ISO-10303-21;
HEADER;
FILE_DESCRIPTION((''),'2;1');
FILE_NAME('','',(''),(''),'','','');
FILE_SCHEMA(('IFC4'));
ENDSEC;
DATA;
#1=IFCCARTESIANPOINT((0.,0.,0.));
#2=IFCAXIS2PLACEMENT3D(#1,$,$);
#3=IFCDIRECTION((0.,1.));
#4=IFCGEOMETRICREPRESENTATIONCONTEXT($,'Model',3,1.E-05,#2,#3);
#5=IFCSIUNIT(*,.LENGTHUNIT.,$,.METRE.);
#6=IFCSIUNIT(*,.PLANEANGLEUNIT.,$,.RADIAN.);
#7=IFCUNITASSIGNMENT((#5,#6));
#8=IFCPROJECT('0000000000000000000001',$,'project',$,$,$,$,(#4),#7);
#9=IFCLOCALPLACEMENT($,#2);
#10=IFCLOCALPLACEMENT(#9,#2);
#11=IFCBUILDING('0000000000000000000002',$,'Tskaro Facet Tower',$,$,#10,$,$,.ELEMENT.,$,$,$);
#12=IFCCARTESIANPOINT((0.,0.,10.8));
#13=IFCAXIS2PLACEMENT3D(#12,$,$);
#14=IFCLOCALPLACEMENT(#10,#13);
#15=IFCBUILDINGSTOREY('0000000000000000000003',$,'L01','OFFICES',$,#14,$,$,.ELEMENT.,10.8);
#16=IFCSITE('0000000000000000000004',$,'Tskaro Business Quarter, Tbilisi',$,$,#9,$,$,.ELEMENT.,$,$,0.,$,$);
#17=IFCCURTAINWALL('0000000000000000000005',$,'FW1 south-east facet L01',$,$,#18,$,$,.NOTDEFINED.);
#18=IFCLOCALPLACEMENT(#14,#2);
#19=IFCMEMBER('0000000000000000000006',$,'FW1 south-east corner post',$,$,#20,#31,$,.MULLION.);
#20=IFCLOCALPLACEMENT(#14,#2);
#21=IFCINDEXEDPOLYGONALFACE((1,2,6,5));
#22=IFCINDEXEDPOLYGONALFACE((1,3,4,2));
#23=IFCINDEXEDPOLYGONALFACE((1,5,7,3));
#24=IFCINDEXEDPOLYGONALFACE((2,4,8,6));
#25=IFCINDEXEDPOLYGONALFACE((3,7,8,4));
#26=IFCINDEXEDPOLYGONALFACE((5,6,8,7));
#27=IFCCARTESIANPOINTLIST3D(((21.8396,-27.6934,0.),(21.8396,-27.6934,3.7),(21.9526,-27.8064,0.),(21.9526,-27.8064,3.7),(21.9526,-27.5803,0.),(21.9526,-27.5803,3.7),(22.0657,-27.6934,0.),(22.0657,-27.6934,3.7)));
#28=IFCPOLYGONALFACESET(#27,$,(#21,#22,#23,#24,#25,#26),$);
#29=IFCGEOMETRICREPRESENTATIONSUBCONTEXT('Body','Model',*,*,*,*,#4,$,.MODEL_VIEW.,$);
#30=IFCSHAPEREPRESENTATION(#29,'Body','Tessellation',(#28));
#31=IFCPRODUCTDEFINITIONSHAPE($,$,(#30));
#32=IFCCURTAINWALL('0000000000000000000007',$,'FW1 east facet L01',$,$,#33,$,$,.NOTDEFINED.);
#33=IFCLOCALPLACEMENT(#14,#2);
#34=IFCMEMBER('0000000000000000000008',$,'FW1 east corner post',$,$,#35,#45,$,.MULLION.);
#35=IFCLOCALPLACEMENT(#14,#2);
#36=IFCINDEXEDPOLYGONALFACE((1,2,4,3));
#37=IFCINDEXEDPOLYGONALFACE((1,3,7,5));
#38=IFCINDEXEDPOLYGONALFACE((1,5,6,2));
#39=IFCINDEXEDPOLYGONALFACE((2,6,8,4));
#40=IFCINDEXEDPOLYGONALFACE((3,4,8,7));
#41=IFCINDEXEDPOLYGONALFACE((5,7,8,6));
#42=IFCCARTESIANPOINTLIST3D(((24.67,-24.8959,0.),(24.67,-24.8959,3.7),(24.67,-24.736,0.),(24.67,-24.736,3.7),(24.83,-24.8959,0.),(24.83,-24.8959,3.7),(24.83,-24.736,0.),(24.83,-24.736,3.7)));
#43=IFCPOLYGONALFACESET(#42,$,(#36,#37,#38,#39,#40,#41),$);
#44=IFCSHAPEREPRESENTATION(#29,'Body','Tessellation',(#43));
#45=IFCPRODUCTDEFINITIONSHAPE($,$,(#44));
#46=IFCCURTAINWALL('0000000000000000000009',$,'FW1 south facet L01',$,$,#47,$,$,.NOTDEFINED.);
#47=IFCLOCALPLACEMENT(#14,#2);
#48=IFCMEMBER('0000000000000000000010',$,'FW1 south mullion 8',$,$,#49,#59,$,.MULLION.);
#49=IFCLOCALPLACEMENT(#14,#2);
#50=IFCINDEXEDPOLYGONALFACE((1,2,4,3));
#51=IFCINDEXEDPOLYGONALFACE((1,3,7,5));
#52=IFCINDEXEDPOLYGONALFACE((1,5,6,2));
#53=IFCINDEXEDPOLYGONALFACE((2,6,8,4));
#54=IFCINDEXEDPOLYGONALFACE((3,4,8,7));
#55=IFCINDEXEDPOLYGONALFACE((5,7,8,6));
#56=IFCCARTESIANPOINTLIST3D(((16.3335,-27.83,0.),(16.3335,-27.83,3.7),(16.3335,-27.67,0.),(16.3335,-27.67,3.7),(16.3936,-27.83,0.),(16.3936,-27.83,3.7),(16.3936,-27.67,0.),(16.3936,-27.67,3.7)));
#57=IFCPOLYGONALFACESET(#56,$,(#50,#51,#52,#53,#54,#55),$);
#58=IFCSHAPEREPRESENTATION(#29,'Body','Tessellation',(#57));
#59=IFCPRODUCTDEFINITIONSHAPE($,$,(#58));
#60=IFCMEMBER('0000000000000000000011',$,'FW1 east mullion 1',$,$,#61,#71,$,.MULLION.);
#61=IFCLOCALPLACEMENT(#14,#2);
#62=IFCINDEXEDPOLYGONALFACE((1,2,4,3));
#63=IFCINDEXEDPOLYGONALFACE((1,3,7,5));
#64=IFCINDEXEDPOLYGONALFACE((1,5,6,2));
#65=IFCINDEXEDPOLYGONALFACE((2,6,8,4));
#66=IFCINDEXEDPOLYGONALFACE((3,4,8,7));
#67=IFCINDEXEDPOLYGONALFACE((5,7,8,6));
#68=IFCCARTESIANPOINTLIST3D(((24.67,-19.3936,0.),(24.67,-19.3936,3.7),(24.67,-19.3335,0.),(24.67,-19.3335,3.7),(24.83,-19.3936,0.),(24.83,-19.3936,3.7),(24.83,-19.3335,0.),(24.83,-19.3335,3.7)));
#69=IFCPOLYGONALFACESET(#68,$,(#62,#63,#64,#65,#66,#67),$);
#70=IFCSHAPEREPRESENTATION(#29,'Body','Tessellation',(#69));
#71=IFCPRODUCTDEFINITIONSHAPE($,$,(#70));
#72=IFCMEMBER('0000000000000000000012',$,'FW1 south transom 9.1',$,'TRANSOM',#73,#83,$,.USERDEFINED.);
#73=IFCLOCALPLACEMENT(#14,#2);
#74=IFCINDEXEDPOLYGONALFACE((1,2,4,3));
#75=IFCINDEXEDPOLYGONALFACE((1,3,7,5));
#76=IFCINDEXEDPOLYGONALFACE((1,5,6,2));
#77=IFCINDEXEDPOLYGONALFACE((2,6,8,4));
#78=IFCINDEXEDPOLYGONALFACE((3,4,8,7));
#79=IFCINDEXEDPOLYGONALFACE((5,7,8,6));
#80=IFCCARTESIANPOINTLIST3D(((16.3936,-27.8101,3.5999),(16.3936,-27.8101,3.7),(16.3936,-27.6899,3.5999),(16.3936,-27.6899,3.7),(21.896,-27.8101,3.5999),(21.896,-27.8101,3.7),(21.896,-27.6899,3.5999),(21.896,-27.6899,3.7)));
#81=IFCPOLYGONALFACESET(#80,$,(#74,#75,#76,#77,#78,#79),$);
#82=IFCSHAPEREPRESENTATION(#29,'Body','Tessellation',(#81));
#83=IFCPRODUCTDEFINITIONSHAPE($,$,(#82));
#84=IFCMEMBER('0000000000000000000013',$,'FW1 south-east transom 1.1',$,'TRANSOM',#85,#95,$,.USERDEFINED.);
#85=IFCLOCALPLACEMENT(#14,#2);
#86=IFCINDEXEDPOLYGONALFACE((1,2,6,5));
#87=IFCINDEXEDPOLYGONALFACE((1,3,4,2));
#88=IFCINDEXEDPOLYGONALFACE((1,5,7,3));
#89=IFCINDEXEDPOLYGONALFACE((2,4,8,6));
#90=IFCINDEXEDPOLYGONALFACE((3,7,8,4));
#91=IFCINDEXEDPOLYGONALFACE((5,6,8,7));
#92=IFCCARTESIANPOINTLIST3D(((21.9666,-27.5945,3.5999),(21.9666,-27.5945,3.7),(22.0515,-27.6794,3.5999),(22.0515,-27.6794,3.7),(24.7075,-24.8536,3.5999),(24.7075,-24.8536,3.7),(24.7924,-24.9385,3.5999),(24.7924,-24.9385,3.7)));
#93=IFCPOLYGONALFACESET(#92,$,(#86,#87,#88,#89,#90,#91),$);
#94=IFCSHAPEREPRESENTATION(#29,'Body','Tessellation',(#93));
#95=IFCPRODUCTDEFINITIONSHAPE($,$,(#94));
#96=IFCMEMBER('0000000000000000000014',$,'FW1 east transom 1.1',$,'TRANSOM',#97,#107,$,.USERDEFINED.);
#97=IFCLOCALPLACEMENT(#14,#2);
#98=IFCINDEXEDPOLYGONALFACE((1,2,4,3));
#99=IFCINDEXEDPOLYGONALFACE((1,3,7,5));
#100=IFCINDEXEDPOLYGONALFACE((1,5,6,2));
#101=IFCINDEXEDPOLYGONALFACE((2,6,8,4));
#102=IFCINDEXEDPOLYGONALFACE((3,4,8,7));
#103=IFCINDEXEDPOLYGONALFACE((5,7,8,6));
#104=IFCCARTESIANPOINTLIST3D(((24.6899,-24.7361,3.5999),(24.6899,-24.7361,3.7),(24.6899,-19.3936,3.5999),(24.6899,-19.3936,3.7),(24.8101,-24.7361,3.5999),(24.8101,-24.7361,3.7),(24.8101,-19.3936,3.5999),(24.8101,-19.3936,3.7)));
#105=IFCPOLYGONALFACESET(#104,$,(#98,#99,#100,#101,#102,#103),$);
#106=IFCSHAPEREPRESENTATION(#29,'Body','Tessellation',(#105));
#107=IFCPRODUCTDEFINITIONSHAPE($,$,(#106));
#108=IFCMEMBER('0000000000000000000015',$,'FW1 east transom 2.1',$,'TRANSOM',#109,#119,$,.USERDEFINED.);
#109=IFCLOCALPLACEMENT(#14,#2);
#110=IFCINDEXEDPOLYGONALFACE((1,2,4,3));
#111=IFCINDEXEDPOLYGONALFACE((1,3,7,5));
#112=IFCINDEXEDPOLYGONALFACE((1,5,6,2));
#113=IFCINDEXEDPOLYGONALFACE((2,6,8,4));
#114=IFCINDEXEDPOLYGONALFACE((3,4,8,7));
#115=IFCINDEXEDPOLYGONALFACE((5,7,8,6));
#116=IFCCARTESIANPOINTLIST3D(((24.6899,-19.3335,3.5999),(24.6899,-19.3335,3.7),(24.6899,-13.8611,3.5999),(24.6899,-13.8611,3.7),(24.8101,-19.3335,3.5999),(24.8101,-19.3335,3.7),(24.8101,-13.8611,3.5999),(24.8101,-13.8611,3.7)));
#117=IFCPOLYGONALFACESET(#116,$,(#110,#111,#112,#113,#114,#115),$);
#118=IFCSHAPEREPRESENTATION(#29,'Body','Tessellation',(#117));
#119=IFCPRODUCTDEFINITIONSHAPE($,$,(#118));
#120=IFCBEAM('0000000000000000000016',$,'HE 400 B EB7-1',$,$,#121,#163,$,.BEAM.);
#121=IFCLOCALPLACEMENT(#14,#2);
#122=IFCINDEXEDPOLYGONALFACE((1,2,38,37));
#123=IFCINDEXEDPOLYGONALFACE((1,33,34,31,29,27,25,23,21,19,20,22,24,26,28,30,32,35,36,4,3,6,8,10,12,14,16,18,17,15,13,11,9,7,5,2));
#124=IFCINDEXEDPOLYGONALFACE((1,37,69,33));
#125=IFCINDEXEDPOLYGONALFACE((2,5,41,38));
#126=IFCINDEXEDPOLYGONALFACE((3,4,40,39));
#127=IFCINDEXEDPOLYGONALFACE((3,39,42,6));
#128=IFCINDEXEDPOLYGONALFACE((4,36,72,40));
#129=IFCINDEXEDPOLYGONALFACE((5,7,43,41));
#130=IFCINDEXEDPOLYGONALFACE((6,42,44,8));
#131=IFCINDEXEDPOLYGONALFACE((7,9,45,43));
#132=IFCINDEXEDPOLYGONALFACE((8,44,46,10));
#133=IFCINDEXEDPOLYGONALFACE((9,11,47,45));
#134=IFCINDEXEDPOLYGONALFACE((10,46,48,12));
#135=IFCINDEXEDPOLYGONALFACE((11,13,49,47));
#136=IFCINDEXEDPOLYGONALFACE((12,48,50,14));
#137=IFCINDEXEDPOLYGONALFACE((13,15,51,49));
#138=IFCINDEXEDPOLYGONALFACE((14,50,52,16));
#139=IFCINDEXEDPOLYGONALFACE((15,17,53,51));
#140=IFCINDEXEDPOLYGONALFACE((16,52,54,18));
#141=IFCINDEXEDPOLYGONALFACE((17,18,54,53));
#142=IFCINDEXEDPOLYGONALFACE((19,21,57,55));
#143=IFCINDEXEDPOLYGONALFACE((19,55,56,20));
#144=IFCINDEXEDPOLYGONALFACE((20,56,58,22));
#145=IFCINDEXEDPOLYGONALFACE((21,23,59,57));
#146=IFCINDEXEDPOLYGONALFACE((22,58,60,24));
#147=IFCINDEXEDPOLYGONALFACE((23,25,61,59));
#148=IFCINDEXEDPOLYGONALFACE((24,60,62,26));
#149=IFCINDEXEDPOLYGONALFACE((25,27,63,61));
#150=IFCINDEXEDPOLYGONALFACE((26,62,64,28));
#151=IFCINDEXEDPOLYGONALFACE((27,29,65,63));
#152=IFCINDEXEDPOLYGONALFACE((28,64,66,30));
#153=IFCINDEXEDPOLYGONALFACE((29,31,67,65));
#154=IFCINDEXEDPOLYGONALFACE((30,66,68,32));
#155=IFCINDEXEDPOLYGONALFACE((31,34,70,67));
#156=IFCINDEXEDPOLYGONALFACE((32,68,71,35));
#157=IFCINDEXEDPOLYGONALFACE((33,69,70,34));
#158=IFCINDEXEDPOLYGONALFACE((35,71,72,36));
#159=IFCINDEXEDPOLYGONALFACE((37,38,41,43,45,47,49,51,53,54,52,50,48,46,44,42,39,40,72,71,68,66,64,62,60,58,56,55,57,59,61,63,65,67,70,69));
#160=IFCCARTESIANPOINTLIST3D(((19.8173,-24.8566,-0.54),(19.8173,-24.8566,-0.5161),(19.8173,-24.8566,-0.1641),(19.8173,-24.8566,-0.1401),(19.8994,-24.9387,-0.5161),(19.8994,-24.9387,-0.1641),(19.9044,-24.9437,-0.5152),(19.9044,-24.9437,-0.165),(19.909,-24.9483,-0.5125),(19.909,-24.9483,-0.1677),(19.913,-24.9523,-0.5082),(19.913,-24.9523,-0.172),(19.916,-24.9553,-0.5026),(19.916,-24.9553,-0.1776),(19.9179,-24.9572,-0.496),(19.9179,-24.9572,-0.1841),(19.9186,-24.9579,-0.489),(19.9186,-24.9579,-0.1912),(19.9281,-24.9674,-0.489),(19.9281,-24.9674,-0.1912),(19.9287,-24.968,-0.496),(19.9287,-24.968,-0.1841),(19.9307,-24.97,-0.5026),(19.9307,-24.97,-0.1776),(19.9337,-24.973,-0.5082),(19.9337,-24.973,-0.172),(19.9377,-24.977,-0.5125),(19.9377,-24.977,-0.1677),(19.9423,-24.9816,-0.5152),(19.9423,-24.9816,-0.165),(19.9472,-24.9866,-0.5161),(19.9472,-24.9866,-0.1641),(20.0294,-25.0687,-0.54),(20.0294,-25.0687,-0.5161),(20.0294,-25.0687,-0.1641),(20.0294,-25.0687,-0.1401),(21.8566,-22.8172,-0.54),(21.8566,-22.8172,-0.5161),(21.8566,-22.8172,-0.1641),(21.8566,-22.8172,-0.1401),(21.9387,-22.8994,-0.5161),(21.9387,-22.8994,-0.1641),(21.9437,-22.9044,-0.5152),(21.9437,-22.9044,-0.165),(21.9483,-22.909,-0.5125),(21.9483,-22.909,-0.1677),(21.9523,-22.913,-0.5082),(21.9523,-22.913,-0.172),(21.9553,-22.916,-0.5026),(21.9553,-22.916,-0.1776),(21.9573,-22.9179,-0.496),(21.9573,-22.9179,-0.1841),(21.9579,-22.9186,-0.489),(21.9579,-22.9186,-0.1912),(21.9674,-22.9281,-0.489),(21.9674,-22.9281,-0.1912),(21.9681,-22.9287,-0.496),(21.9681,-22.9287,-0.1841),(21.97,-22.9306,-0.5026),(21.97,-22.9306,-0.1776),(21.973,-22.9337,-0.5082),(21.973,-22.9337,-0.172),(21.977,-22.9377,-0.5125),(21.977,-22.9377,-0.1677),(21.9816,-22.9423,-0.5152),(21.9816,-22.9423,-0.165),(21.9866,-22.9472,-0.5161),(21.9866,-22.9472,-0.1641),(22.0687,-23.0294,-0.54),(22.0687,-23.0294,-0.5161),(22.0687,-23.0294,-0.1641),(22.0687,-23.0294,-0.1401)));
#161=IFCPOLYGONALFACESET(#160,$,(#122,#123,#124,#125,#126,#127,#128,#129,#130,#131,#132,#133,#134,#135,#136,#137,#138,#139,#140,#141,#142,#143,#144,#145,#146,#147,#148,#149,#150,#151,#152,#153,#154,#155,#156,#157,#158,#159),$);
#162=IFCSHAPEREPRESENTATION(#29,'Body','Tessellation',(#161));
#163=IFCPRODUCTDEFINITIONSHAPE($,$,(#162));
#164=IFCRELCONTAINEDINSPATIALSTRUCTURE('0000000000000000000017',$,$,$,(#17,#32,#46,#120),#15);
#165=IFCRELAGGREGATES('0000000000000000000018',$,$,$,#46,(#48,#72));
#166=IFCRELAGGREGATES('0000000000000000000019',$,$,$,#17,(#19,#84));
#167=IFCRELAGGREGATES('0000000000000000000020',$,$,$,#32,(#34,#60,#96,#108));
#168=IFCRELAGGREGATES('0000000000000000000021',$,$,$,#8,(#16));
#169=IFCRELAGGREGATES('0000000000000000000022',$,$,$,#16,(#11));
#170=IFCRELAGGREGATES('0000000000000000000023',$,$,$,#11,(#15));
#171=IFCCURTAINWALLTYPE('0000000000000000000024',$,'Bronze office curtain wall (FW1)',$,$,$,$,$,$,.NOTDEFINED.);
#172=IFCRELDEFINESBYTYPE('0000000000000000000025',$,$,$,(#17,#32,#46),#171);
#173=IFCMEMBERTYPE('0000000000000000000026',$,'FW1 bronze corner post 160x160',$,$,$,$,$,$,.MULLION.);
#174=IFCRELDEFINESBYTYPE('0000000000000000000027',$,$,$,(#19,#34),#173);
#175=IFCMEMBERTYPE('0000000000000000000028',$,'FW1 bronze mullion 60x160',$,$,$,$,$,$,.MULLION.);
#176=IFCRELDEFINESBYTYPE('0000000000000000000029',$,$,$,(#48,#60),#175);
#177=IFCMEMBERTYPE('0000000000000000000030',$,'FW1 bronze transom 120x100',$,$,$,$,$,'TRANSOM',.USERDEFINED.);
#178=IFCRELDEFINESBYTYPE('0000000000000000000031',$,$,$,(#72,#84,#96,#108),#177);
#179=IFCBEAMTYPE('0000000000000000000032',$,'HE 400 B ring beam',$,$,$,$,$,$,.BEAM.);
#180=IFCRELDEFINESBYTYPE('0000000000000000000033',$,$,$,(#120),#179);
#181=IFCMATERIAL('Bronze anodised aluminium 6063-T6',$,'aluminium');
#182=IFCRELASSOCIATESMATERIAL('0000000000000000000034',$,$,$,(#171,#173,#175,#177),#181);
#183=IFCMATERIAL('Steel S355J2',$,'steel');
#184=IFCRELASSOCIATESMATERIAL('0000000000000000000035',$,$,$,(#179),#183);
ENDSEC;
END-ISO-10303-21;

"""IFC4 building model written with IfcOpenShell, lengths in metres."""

from ifc_helpers import new_model, si_unit, direction, frame, origin, origin_2d, place, context, subcontext, project, spatial, rectangle, i_section, extrude, material, material_profile, profile_set, type_object, element, aggregate, save


model = new_model("IFC4")

# Units and contexts
model_context = context("Model", 3, precision=1e-05, world=origin(), true_north=direction((0.0, 1.0)))
body_context = subcontext(model_context, "Body", "Model", "MODEL_VIEW")
ifc_project = project(units=[si_unit("LENGTHUNIT", "METRE"), si_unit("PLANEANGLEUNIT", "RADIAN")], contexts=[model_context])

# Site, building, storey
site_placement = place(None, origin())
site = spatial("IfcSite", under=ifc_project, at=site_placement, Name="Tskaro Business Quarter, Tbilisi", CompositionType="ELEMENT", RefElevation=0.0)
building_placement = place(site_placement, origin())
building = spatial("IfcBuilding", under=site, at=building_placement, Name="Tskaro Facet Tower", CompositionType="ELEMENT")
storey_placement = place(building_placement, frame((0.0, 0.0, 10.8)))
storey = spatial("IfcBuildingStorey", under=building, at=storey_placement, Name="L01", Description="OFFICES", CompositionType="ELEMENT", Elevation=10.8)

# Curtain walls, members
ifc_material_1 = material(Name="Bronze anodised aluminium 6063-T6", Category="aluminium")
curtain_wall_type = type_object("IfcCurtainWallType", Name="Bronze office curtain wall (FW1)", PredefinedType="NOTDEFINED", material=ifc_material_1)
curtain_wall_1_placement = place(storey_placement, origin())
curtain_wall_1 = element("IfcCurtainWall", 1, at=curtain_wall_1_placement, inside=storey, type_object=curtain_wall_type, Name="FW1 south-east facet L01", PredefinedType="NOTDEFINED")
ifc_material_profile_1 = material_profile(ifc_material_1, rectangle(XDim=0.1599, YDim=0.1599, at=origin_2d()), Name="Corner post 160x160")
ifc_profile_set_1 = profile_set([ifc_material_profile_1], Name="Bronze anodised aluminium 6063-T6")
member_type_1 = type_object("IfcMemberType", Name="FW1 bronze corner post 160x160", PredefinedType="MULLION", material=ifc_profile_set_1)
member_1_placement = place(storey_placement, frame((21.9526, -27.6934, 0.0), z_axis=(0.0, 0.0, 1.0), x_axis=(0.707107, 0.707107, 0.0)))
member_1 = element("IfcMember", 2, at=member_1_placement, type_object=member_type_1, Name="FW1 south-east corner post", PredefinedType="MULLION", context=body_context, shape_type="SweptSolid", body=[
    extrude(rectangle(XDim=0.1599, YDim=0.1599, at=origin_2d()), origin(), (0.0, 0.0, 1.0), 3.7),
])
curtain_wall_2_placement = place(storey_placement, origin())
curtain_wall_2 = element("IfcCurtainWall", 3, at=curtain_wall_2_placement, inside=storey, type_object=curtain_wall_type, Name="FW1 east facet L01", PredefinedType="NOTDEFINED")
member_2_placement = place(storey_placement, frame((24.75, -24.8159, 0.0), z_axis=(0.0, 0.0, 1.0), x_axis=(0.0, 1.0, 0.0)))
member_2 = element("IfcMember", 4, at=member_2_placement, type_object=member_type_1, Name="FW1 east corner post", PredefinedType="MULLION", context=body_context, shape_type="SweptSolid", body=[
    extrude(rectangle(XDim=0.1599, YDim=0.1599, at=origin_2d()), origin(), (0.0, 0.0, 1.0), 3.7),
])
curtain_wall_3_placement = place(storey_placement, origin())
curtain_wall_3 = element("IfcCurtainWall", 5, at=curtain_wall_3_placement, inside=storey, type_object=curtain_wall_type, Name="FW1 south facet L01", PredefinedType="NOTDEFINED")
ifc_material_profile_2 = material_profile(ifc_material_1, rectangle(XDim=0.0601, YDim=0.1599, at=origin_2d()), Name="Mullion 60x160")
ifc_profile_set_2 = profile_set([ifc_material_profile_2], Name="Bronze anodised aluminium 6063-T6")
member_type_2 = type_object("IfcMemberType", Name="FW1 bronze mullion 60x160", PredefinedType="MULLION", material=ifc_profile_set_2)
member_3_placement = place(storey_placement, frame((16.3635, -27.75, 0.0), z_axis=(0.0, 0.0, 1.0), x_axis=(1.0, 0.0, 0.0)))
member_3 = element("IfcMember", 6, at=member_3_placement, type_object=member_type_2, Name="FW1 south mullion 8", PredefinedType="MULLION", context=body_context, shape_type="SweptSolid", body=[
    extrude(rectangle(XDim=0.0601, YDim=0.1599, at=origin_2d()), origin(), (0.0, 0.0, 1.0), 3.7),
])

# Members
member_4_placement = place(storey_placement, frame((24.75, -19.3635, 0.0), z_axis=(0.0, 0.0, 1.0), x_axis=(0.0, 1.0, 0.0)))
member_4 = element("IfcMember", 7, at=member_4_placement, type_object=member_type_2, Name="FW1 east mullion 1", PredefinedType="MULLION", context=body_context, shape_type="SweptSolid", body=[
    extrude(rectangle(XDim=0.0601, YDim=0.1599, at=origin_2d()), origin(), (0.0, 0.0, 1.0), 3.7),
])
ifc_material_profile_3 = material_profile(ifc_material_1, rectangle(XDim=0.1201, YDim=0.1001, at=origin_2d()), Name="Transom 120x100")
ifc_profile_set_3 = profile_set([ifc_material_profile_3], Name="Bronze anodised aluminium 6063-T6")
member_type_3 = type_object("IfcMemberType", Name="FW1 bronze transom 120x100", ElementType="TRANSOM", PredefinedType="USERDEFINED", material=ifc_profile_set_3)
member_5_placement = place(storey_placement, frame((16.3936, -27.75, 3.6499), z_axis=(1.0, 0.0, 0.0), x_axis=(0.0, 1.0, 0.0)))
member_5 = element("IfcMember", 8, at=member_5_placement, type_object=member_type_3, Name="FW1 south transom 9.1", ObjectType="TRANSOM", PredefinedType="USERDEFINED", context=body_context, shape_type="SweptSolid", body=[
    extrude(rectangle(XDim=0.1201, YDim=0.1001, at=origin_2d()), origin(), (0.0, 0.0, 1.0), 5.5024),
])
member_6_placement = place(storey_placement, frame((22.009, -27.637, 3.6499), z_axis=(0.707107, 0.707107, 0.0), x_axis=(-0.707107, 0.707107, 0.0)))
member_6 = element("IfcMember", 9, at=member_6_placement, type_object=member_type_3, Name="FW1 south-east transom 1.1", ObjectType="TRANSOM", PredefinedType="USERDEFINED", context=body_context, shape_type="SweptSolid", body=[
    extrude(rectangle(XDim=0.1201, YDim=0.1001, at=origin_2d()), origin(), (0.0, 0.0, 1.0), 3.8762),
])
member_7_placement = place(storey_placement, frame((24.75, -24.7361, 3.6499), z_axis=(0.0, 1.0, 0.0), x_axis=(-1.0, 0.0, 0.0)))
member_7 = element("IfcMember", 10, at=member_7_placement, type_object=member_type_3, Name="FW1 east transom 1.1", ObjectType="TRANSOM", PredefinedType="USERDEFINED", context=body_context, shape_type="SweptSolid", body=[
    extrude(rectangle(XDim=0.1201, YDim=0.1001, at=origin_2d()), origin(), (0.0, 0.0, 1.0), 5.3425),
])
member_8_placement = place(storey_placement, frame((24.75, -19.3335, 3.6499), z_axis=(0.0, 1.0, 0.0), x_axis=(-1.0, 0.0, 0.0)))
member_8 = element("IfcMember", 11, at=member_8_placement, type_object=member_type_3, Name="FW1 east transom 2.1", ObjectType="TRANSOM", PredefinedType="USERDEFINED", context=body_context, shape_type="SweptSolid", body=[
    extrude(rectangle(XDim=0.1201, YDim=0.1001, at=origin_2d()), origin(), (0.0, 0.0, 1.0), 5.4724),
])

# Beam
ifc_material_2 = material(Name="Steel S355J2", Category="steel")
ifc_material_profile_4 = material_profile(ifc_material_2, i_section(OverallWidth=0.3, OverallDepth=0.3999, WebThickness=0.0134, FlangeThickness=0.0239, FilletRadius=0.0271, at=origin_2d()), Name="HE 400 B")
ifc_profile_set_4 = profile_set([ifc_material_profile_4], Name="Steel S355J2")
beam_type_1 = type_object("IfcBeamType", Name="HE 400 B ring beam", PredefinedType="BEAM", material=ifc_profile_set_4)
beam_1_placement = place(storey_placement, frame((19.9233, -24.9626, -0.3401), z_axis=(0.707107, 0.707107, 0.0), x_axis=(-0.707107, 0.707107, 0.0)))
element("IfcBeam", 12, at=beam_1_placement, inside=storey, type_object=beam_type_1, Name="HE 400 B EB7-1", PredefinedType="BEAM", context=body_context, shape_type="SweptSolid", body=[
    extrude(i_section(OverallWidth=0.3, OverallDepth=0.3999, WebThickness=0.0134, FlangeThickness=0.0239, FilletRadius=0.0271, at=origin_2d()), origin(), (0.0, 0.0, 1.0), 2.884),
])

aggregate(curtain_wall_3, [member_3, member_5])
aggregate(curtain_wall_1, [member_1, member_6])
aggregate(curtain_wall_2, [member_2, member_4, member_7, member_8])

save(model, "model.ifc")
